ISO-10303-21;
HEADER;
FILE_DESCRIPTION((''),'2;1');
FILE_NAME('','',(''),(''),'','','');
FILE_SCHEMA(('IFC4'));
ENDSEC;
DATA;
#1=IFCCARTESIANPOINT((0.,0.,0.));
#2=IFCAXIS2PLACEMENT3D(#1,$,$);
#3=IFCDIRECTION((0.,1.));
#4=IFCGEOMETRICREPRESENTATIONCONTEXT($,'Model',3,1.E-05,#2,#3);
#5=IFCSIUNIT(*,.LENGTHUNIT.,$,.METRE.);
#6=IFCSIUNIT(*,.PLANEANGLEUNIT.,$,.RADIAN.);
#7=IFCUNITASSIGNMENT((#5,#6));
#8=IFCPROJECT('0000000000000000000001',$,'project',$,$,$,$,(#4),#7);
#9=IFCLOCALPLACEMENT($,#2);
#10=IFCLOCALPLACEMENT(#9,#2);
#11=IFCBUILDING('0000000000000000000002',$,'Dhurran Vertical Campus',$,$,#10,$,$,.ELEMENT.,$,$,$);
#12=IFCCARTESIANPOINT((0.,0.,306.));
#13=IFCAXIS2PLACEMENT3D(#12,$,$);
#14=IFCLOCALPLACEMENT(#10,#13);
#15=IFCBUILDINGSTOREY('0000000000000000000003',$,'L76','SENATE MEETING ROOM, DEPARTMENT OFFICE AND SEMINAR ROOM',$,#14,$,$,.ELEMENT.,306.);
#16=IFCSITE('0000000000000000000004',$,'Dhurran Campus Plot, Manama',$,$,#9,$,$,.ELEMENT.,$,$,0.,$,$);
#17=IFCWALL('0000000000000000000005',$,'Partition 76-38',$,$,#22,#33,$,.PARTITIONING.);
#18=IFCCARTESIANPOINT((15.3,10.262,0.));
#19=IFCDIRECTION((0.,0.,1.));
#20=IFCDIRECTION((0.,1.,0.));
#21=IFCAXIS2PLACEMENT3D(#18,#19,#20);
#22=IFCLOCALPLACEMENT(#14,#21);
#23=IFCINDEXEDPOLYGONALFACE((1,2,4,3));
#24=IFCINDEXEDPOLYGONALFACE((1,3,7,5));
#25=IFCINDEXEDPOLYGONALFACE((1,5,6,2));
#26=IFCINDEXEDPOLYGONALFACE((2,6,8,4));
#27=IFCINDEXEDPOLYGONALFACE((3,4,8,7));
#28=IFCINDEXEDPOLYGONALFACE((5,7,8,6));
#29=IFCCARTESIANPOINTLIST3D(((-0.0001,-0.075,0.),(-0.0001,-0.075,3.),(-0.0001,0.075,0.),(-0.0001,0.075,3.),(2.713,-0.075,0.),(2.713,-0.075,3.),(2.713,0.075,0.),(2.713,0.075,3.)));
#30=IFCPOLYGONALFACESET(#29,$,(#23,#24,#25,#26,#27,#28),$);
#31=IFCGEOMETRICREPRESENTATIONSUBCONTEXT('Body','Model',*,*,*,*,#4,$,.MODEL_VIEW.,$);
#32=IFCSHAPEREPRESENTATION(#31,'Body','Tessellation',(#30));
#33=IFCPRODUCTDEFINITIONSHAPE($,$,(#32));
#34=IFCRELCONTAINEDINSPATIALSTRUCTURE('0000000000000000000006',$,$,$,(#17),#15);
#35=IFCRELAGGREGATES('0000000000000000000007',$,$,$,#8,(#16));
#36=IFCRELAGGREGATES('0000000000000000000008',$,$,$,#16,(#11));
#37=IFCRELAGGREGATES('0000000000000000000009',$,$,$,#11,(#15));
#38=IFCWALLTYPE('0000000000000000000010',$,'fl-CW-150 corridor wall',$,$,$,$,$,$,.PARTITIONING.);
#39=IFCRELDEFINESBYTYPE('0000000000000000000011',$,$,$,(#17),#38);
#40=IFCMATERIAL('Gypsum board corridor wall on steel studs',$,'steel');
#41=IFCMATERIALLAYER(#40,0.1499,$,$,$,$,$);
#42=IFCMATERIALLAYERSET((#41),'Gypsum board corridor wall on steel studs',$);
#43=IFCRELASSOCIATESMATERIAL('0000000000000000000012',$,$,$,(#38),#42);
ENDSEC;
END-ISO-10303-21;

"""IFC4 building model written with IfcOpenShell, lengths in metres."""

from ifc_helpers import new_model, si_unit, direction, frame, frame_2d, origin, place, context, subcontext, project, spatial, rectangle, extrude, material, layer, layer_set, type_object, element, save


model = new_model("IFC4")

# Units and contexts
model_context = context("Model", 3, precision=1e-05, world=origin(), true_north=direction((0.0, 1.0)))
body_context = subcontext(model_context, "Body", "Model", "MODEL_VIEW")
ifc_project = project(units=[si_unit("LENGTHUNIT", "METRE"), si_unit("PLANEANGLEUNIT", "RADIAN")], contexts=[model_context])

# Site, building, storey
site_placement = place(None, origin())
site = spatial("IfcSite", under=ifc_project, at=site_placement, Name="Dhurran Campus Plot, Manama", CompositionType="ELEMENT", RefElevation=0.0)
building_placement = place(site_placement, origin())
building = spatial("IfcBuilding", under=site, at=building_placement, Name="Dhurran Vertical Campus", CompositionType="ELEMENT")
storey_placement = place(building_placement, frame((0.0, 0.0, 306.0)))
storey = spatial("IfcBuildingStorey", under=building, at=storey_placement, Name="L76", Description="SENATE MEETING ROOM, DEPARTMENT OFFICE AND SEMINAR ROOM", CompositionType="ELEMENT", Elevation=306.0)

# Shared definitions
ifc_material_1 = material(Name="Gypsum board corridor wall on steel studs", Category="steel")
ifc_layer_1 = layer(ifc_material_1, 0.1499)
ifc_layer_set_1 = layer_set([ifc_layer_1], Name="Gypsum board corridor wall on steel studs")
wall_type_1 = type_object("IfcWallType", Name="fl-CW-150 corridor wall", PredefinedType="PARTITIONING", material=ifc_layer_set_1)

# Wall
wall_1_placement = place(storey_placement, frame((15.3, 10.262, 0.0), z_axis=(0.0, 0.0, 1.0), x_axis=(0.0, 1.0, 0.0)))
element("IfcWall", 1, at=wall_1_placement, inside=storey, type_object=wall_type_1, Name="Partition 76-38", PredefinedType="PARTITIONING", context=body_context, shape_type="SweptSolid", body=[
    extrude(rectangle(XDim=2.7131, YDim=0.1499, at=frame_2d((1.3564, 0.0))), origin(), (0.0, 0.0, 1.0), 3.0),
])

save(model, "model.ifc")
